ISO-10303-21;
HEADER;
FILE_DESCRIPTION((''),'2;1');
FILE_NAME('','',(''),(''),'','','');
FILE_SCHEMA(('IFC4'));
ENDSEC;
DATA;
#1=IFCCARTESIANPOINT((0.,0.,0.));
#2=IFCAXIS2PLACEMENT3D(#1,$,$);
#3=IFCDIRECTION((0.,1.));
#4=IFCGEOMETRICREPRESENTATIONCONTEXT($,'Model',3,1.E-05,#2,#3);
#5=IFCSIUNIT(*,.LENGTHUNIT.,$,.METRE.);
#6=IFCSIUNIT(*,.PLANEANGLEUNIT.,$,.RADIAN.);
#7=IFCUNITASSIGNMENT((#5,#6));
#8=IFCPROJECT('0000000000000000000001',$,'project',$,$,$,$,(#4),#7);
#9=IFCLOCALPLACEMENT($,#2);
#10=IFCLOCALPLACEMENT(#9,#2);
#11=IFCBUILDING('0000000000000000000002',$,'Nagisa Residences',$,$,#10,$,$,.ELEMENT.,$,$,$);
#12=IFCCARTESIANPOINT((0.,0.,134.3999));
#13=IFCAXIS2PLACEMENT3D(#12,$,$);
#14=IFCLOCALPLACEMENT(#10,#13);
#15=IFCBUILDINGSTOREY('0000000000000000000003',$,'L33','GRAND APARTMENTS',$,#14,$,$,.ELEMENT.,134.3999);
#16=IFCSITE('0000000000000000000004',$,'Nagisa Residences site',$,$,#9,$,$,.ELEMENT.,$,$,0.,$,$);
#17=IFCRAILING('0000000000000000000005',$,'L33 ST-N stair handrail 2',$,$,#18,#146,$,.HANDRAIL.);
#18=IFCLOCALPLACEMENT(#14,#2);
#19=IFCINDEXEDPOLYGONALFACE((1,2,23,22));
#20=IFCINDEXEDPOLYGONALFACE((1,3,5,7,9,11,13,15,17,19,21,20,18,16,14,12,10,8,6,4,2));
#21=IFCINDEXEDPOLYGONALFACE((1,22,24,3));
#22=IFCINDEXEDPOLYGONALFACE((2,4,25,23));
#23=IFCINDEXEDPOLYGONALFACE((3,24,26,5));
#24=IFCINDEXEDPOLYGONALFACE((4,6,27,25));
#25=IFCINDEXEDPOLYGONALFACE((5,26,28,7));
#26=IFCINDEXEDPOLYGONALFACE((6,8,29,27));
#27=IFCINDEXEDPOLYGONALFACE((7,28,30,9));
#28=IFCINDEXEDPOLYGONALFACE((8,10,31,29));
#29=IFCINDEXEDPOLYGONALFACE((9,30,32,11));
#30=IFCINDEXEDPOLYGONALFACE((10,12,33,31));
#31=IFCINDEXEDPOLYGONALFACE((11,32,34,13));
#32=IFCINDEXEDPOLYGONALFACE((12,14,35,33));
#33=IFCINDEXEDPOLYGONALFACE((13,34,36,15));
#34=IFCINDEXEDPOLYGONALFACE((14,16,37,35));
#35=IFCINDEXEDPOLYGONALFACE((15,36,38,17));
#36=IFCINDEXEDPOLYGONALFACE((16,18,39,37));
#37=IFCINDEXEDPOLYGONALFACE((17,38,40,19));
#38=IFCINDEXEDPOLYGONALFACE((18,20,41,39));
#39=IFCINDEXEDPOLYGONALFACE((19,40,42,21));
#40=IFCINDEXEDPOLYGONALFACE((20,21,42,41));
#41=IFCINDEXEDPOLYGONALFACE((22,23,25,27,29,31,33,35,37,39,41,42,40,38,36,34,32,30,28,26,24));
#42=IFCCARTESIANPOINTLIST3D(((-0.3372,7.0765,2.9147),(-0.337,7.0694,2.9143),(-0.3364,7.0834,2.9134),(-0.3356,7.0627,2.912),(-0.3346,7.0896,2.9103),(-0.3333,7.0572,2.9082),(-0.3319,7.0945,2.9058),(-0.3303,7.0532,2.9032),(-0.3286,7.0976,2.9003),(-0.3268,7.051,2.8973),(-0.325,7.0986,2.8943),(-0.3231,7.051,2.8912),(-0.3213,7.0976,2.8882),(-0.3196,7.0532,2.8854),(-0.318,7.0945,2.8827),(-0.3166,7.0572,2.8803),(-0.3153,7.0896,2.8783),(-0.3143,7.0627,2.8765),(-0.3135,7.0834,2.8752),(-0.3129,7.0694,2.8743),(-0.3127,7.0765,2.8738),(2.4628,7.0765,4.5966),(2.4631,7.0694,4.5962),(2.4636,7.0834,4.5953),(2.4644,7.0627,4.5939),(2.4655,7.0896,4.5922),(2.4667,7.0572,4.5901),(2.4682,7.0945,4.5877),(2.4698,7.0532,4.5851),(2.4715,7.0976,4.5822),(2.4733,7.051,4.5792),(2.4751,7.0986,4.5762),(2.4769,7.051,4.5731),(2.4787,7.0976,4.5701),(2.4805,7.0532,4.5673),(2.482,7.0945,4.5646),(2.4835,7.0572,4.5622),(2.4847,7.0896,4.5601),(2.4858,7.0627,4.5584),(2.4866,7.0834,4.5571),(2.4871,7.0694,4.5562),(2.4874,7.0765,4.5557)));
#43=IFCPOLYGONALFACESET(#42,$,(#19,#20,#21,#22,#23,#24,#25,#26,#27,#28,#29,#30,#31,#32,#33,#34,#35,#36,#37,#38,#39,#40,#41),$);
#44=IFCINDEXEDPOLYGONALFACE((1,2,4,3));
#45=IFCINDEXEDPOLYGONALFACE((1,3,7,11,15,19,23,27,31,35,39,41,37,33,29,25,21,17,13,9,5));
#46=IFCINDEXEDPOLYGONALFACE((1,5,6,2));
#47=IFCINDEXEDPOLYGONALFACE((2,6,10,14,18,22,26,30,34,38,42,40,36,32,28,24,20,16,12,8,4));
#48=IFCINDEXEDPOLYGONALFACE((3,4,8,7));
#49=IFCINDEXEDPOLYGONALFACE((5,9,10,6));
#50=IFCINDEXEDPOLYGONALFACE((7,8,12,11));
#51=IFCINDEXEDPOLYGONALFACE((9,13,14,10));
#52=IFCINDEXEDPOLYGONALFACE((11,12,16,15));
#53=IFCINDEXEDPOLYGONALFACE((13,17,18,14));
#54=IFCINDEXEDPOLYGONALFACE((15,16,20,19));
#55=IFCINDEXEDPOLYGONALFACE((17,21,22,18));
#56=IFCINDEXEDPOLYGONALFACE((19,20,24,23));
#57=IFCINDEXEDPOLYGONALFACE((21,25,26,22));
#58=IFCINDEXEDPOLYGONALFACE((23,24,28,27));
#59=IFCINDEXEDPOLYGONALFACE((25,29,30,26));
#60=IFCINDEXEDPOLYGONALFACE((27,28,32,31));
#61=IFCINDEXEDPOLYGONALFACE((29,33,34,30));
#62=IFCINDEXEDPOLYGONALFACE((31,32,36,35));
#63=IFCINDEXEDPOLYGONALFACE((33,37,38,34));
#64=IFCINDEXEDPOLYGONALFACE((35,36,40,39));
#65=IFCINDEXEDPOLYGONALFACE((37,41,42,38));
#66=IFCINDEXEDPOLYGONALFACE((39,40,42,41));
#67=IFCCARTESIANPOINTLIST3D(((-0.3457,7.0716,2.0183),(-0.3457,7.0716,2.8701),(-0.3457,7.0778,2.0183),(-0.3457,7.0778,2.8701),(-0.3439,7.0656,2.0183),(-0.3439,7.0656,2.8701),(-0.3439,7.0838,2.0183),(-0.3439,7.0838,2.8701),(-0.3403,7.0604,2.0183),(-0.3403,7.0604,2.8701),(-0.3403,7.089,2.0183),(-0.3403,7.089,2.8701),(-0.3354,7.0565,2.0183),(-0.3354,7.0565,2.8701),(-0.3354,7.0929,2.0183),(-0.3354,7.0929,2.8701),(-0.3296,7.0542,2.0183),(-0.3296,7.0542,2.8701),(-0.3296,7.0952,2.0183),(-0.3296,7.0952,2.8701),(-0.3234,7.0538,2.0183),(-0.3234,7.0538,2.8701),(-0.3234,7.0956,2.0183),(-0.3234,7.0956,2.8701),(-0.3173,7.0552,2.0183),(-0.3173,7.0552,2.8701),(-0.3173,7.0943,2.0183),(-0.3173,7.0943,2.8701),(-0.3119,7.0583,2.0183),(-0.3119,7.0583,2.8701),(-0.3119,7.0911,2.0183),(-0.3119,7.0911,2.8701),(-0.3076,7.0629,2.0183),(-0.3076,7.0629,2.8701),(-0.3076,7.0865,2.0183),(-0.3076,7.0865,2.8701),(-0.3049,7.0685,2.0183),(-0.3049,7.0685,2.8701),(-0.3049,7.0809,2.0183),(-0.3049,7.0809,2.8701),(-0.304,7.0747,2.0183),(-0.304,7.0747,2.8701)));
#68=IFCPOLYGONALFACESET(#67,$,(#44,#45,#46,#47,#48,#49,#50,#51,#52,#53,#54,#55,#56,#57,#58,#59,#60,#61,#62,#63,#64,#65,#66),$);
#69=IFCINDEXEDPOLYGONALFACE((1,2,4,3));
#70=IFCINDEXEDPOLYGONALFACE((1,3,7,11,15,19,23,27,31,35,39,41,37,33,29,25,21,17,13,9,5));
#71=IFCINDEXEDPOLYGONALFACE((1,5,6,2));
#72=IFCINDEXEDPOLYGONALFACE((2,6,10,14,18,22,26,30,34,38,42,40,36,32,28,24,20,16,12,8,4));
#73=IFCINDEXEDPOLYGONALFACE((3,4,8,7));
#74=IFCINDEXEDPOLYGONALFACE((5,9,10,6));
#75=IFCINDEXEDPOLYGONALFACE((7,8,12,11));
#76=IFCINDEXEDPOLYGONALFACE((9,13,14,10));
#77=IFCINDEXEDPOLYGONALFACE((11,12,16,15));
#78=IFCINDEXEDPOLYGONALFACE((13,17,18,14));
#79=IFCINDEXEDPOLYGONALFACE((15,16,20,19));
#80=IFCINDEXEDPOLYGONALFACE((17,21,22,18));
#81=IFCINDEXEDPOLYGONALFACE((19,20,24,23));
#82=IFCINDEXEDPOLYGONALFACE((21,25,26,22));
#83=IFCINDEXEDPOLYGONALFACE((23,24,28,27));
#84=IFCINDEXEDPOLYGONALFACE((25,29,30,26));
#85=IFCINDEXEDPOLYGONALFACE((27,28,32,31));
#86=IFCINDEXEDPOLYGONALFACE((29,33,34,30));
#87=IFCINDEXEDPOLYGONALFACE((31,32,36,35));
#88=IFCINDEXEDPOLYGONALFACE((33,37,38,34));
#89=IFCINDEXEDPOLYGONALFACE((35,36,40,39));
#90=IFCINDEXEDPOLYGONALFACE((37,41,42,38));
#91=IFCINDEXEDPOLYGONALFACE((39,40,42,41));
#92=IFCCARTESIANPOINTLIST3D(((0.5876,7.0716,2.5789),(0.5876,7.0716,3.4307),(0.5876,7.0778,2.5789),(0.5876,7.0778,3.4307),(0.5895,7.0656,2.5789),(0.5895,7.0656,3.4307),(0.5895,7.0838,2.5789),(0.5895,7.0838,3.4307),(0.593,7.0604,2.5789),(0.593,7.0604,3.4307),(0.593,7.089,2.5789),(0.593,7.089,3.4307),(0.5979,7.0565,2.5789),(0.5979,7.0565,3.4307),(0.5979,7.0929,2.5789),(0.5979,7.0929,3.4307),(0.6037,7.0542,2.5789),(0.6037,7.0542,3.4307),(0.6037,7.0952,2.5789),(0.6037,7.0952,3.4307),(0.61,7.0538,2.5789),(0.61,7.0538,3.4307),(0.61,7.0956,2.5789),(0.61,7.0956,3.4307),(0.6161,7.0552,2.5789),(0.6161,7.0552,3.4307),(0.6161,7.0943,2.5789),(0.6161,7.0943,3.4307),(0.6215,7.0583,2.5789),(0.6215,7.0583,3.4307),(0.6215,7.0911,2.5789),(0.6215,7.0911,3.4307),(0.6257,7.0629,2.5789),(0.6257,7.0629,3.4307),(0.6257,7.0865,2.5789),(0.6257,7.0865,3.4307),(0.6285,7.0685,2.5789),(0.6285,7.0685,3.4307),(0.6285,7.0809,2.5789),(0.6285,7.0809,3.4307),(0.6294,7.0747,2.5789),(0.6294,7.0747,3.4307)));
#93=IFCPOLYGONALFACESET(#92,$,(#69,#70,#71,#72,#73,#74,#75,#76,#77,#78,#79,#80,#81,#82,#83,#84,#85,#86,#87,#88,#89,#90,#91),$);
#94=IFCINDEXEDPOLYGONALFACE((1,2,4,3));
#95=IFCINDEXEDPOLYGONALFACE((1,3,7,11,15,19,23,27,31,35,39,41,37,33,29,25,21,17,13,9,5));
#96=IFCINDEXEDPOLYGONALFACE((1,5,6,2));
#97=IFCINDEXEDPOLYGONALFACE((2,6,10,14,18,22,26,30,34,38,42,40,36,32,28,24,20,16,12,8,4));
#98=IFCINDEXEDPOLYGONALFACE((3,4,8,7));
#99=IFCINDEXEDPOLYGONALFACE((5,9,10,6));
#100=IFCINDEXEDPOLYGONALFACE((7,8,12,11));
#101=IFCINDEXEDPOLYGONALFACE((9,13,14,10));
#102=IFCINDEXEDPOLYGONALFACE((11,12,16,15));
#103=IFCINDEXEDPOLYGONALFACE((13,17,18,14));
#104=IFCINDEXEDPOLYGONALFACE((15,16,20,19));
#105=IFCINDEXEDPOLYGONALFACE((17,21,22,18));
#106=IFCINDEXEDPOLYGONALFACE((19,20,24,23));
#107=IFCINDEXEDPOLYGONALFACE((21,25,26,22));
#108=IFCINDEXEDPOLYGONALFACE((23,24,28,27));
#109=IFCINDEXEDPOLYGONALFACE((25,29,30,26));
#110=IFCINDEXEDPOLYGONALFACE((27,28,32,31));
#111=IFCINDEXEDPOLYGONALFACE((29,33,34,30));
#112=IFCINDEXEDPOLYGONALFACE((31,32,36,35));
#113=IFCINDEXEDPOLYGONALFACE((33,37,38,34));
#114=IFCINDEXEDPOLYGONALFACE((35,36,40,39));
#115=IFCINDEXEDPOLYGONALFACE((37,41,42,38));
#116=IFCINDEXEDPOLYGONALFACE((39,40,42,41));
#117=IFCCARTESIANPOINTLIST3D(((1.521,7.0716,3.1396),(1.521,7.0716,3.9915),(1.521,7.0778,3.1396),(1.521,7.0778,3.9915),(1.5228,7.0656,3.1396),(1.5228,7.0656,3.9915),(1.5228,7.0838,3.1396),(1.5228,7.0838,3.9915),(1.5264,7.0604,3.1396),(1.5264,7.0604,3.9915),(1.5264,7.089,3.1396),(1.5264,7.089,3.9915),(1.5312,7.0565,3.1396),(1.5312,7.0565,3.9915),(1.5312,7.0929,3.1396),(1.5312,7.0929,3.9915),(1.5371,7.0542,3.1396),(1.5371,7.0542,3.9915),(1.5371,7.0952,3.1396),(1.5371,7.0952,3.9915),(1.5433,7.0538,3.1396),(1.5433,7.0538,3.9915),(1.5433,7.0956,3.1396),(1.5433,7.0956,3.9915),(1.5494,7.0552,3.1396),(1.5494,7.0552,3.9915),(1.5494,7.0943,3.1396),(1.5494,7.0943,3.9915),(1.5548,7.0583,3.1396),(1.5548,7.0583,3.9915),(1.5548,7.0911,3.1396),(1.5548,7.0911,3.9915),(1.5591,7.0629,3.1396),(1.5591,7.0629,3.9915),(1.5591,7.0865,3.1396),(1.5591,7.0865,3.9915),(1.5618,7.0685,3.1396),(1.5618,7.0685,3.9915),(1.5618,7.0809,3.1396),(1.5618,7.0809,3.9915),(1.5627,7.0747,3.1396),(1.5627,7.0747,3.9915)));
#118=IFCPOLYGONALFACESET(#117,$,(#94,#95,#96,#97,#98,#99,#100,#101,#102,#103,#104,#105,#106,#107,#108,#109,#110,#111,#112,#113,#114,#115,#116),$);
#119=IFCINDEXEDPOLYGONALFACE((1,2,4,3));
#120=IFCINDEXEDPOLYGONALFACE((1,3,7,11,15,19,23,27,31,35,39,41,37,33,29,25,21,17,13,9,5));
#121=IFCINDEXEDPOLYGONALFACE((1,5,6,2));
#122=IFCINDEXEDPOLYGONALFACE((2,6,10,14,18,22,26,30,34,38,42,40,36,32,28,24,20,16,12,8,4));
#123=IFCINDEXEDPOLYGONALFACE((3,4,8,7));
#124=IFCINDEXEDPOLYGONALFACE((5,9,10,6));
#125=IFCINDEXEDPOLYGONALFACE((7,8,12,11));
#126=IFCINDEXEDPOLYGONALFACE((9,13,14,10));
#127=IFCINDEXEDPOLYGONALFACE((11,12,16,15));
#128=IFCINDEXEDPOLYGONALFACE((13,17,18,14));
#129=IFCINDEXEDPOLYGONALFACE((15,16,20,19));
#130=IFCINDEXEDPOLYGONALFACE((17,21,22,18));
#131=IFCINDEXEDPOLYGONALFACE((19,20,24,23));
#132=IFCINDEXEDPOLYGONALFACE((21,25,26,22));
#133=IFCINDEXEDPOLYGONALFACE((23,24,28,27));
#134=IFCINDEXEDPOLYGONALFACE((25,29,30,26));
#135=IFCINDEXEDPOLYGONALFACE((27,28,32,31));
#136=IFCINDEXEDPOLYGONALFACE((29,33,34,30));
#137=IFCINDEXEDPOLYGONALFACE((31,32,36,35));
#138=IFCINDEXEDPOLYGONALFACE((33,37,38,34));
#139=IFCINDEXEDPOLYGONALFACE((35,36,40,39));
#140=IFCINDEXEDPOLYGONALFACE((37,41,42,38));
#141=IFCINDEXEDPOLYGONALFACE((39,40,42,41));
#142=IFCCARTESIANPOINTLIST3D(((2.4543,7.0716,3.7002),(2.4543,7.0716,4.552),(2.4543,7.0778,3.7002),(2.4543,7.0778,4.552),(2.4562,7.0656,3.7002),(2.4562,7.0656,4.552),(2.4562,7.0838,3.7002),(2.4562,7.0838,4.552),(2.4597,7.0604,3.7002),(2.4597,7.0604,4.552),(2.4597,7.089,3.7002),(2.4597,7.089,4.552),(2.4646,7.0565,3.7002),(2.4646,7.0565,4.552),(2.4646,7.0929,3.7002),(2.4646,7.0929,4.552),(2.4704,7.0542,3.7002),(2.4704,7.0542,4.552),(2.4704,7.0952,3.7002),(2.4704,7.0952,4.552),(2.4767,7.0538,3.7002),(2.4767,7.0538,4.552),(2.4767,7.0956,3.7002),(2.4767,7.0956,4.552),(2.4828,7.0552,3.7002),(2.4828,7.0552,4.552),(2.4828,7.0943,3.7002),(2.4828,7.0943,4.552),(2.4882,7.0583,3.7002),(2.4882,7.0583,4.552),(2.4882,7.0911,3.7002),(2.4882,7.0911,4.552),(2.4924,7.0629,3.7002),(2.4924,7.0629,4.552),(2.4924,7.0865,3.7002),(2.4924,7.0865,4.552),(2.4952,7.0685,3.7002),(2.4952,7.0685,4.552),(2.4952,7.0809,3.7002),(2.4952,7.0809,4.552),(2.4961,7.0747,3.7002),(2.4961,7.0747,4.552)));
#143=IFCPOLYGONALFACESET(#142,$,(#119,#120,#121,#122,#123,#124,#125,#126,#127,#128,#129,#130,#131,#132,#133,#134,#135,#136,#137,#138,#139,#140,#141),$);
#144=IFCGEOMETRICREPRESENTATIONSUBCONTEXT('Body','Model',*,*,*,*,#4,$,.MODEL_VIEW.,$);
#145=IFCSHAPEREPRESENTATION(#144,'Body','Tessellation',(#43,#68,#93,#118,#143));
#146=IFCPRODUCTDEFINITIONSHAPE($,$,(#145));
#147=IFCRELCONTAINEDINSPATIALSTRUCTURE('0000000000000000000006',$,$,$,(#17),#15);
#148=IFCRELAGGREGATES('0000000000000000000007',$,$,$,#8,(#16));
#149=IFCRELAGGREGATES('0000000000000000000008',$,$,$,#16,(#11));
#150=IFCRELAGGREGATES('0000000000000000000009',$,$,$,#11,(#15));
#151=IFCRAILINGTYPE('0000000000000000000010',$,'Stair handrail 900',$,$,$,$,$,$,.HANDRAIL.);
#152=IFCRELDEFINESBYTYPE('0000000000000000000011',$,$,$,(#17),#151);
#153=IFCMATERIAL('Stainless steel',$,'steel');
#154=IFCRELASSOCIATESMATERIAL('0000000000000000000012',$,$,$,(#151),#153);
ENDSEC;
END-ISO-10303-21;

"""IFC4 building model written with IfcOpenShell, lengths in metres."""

from ifc_helpers import new_model, si_unit, direction, frame, origin, origin_2d, place, context, subcontext, project, spatial, circle, extrude, material, type_object, element, save


model = new_model("IFC4")

# Units and contexts
model_context = context("Model", 3, precision=1e-05, world=origin(), true_north=direction((0.0, 1.0)))
body_context = subcontext(model_context, "Body", "Model", "MODEL_VIEW")
ifc_project = project(units=[si_unit("LENGTHUNIT", "METRE"), si_unit("PLANEANGLEUNIT", "RADIAN")], contexts=[model_context])

# Site, building, storey
site_placement = place(None, origin())
site = spatial("IfcSite", under=ifc_project, at=site_placement, Name="Nagisa Residences site", CompositionType="ELEMENT", RefElevation=0.0)
building_placement = place(site_placement, origin())
building = spatial("IfcBuilding", under=site, at=building_placement, Name="Nagisa Residences", CompositionType="ELEMENT")
storey_placement = place(building_placement, frame((0.0, 0.0, 134.3999)))
storey = spatial("IfcBuildingStorey", under=building, at=storey_placement, Name="L33", Description="GRAND APARTMENTS", CompositionType="ELEMENT", Elevation=134.3999)

# Railing
ifc_material_1 = material(Name="Stainless steel", Category="steel")
railing_type = type_object("IfcRailingType", Name="Stair handrail 900", PredefinedType="HANDRAIL", material=ifc_material_1)
railing_placement = place(storey_placement, frame((-0.325, 7.0747, 2.0183)))
element("IfcRailing", 1, at=railing_placement, inside=storey, type_object=railing_type, Name="L33 ST-N stair handrail 2", PredefinedType="HANDRAIL", context=body_context, shape_type="SweptSolid", body=[
    extrude(circle(Radius=0.0239, at=origin_2d()), frame((0.0, 0.0, 0.876), z_axis=(0.857242, 0.0, 0.514913), x_axis=(0.0, 1.0, 0.0)), (0.0, 0.0, 1.0), 3.2664),
    extrude(circle(Radius=0.021, at=origin_2d()), origin(), (0.0, 0.0, 1.0), 0.8518),
    extrude(circle(Radius=0.021, at=origin_2d()), frame((0.9333, 0.0, 0.5605)), (0.0, 0.0, 1.0), 0.8518),
    extrude(circle(Radius=0.021, at=origin_2d()), frame((1.8667, 0.0, 1.1213)), (0.0, 0.0, 1.0), 0.8518),
    extrude(circle(Radius=0.021, at=origin_2d()), frame((2.8, 0.0, 1.6819)), (0.0, 0.0, 1.0), 0.8518),
])

save(model, "model.ifc")
